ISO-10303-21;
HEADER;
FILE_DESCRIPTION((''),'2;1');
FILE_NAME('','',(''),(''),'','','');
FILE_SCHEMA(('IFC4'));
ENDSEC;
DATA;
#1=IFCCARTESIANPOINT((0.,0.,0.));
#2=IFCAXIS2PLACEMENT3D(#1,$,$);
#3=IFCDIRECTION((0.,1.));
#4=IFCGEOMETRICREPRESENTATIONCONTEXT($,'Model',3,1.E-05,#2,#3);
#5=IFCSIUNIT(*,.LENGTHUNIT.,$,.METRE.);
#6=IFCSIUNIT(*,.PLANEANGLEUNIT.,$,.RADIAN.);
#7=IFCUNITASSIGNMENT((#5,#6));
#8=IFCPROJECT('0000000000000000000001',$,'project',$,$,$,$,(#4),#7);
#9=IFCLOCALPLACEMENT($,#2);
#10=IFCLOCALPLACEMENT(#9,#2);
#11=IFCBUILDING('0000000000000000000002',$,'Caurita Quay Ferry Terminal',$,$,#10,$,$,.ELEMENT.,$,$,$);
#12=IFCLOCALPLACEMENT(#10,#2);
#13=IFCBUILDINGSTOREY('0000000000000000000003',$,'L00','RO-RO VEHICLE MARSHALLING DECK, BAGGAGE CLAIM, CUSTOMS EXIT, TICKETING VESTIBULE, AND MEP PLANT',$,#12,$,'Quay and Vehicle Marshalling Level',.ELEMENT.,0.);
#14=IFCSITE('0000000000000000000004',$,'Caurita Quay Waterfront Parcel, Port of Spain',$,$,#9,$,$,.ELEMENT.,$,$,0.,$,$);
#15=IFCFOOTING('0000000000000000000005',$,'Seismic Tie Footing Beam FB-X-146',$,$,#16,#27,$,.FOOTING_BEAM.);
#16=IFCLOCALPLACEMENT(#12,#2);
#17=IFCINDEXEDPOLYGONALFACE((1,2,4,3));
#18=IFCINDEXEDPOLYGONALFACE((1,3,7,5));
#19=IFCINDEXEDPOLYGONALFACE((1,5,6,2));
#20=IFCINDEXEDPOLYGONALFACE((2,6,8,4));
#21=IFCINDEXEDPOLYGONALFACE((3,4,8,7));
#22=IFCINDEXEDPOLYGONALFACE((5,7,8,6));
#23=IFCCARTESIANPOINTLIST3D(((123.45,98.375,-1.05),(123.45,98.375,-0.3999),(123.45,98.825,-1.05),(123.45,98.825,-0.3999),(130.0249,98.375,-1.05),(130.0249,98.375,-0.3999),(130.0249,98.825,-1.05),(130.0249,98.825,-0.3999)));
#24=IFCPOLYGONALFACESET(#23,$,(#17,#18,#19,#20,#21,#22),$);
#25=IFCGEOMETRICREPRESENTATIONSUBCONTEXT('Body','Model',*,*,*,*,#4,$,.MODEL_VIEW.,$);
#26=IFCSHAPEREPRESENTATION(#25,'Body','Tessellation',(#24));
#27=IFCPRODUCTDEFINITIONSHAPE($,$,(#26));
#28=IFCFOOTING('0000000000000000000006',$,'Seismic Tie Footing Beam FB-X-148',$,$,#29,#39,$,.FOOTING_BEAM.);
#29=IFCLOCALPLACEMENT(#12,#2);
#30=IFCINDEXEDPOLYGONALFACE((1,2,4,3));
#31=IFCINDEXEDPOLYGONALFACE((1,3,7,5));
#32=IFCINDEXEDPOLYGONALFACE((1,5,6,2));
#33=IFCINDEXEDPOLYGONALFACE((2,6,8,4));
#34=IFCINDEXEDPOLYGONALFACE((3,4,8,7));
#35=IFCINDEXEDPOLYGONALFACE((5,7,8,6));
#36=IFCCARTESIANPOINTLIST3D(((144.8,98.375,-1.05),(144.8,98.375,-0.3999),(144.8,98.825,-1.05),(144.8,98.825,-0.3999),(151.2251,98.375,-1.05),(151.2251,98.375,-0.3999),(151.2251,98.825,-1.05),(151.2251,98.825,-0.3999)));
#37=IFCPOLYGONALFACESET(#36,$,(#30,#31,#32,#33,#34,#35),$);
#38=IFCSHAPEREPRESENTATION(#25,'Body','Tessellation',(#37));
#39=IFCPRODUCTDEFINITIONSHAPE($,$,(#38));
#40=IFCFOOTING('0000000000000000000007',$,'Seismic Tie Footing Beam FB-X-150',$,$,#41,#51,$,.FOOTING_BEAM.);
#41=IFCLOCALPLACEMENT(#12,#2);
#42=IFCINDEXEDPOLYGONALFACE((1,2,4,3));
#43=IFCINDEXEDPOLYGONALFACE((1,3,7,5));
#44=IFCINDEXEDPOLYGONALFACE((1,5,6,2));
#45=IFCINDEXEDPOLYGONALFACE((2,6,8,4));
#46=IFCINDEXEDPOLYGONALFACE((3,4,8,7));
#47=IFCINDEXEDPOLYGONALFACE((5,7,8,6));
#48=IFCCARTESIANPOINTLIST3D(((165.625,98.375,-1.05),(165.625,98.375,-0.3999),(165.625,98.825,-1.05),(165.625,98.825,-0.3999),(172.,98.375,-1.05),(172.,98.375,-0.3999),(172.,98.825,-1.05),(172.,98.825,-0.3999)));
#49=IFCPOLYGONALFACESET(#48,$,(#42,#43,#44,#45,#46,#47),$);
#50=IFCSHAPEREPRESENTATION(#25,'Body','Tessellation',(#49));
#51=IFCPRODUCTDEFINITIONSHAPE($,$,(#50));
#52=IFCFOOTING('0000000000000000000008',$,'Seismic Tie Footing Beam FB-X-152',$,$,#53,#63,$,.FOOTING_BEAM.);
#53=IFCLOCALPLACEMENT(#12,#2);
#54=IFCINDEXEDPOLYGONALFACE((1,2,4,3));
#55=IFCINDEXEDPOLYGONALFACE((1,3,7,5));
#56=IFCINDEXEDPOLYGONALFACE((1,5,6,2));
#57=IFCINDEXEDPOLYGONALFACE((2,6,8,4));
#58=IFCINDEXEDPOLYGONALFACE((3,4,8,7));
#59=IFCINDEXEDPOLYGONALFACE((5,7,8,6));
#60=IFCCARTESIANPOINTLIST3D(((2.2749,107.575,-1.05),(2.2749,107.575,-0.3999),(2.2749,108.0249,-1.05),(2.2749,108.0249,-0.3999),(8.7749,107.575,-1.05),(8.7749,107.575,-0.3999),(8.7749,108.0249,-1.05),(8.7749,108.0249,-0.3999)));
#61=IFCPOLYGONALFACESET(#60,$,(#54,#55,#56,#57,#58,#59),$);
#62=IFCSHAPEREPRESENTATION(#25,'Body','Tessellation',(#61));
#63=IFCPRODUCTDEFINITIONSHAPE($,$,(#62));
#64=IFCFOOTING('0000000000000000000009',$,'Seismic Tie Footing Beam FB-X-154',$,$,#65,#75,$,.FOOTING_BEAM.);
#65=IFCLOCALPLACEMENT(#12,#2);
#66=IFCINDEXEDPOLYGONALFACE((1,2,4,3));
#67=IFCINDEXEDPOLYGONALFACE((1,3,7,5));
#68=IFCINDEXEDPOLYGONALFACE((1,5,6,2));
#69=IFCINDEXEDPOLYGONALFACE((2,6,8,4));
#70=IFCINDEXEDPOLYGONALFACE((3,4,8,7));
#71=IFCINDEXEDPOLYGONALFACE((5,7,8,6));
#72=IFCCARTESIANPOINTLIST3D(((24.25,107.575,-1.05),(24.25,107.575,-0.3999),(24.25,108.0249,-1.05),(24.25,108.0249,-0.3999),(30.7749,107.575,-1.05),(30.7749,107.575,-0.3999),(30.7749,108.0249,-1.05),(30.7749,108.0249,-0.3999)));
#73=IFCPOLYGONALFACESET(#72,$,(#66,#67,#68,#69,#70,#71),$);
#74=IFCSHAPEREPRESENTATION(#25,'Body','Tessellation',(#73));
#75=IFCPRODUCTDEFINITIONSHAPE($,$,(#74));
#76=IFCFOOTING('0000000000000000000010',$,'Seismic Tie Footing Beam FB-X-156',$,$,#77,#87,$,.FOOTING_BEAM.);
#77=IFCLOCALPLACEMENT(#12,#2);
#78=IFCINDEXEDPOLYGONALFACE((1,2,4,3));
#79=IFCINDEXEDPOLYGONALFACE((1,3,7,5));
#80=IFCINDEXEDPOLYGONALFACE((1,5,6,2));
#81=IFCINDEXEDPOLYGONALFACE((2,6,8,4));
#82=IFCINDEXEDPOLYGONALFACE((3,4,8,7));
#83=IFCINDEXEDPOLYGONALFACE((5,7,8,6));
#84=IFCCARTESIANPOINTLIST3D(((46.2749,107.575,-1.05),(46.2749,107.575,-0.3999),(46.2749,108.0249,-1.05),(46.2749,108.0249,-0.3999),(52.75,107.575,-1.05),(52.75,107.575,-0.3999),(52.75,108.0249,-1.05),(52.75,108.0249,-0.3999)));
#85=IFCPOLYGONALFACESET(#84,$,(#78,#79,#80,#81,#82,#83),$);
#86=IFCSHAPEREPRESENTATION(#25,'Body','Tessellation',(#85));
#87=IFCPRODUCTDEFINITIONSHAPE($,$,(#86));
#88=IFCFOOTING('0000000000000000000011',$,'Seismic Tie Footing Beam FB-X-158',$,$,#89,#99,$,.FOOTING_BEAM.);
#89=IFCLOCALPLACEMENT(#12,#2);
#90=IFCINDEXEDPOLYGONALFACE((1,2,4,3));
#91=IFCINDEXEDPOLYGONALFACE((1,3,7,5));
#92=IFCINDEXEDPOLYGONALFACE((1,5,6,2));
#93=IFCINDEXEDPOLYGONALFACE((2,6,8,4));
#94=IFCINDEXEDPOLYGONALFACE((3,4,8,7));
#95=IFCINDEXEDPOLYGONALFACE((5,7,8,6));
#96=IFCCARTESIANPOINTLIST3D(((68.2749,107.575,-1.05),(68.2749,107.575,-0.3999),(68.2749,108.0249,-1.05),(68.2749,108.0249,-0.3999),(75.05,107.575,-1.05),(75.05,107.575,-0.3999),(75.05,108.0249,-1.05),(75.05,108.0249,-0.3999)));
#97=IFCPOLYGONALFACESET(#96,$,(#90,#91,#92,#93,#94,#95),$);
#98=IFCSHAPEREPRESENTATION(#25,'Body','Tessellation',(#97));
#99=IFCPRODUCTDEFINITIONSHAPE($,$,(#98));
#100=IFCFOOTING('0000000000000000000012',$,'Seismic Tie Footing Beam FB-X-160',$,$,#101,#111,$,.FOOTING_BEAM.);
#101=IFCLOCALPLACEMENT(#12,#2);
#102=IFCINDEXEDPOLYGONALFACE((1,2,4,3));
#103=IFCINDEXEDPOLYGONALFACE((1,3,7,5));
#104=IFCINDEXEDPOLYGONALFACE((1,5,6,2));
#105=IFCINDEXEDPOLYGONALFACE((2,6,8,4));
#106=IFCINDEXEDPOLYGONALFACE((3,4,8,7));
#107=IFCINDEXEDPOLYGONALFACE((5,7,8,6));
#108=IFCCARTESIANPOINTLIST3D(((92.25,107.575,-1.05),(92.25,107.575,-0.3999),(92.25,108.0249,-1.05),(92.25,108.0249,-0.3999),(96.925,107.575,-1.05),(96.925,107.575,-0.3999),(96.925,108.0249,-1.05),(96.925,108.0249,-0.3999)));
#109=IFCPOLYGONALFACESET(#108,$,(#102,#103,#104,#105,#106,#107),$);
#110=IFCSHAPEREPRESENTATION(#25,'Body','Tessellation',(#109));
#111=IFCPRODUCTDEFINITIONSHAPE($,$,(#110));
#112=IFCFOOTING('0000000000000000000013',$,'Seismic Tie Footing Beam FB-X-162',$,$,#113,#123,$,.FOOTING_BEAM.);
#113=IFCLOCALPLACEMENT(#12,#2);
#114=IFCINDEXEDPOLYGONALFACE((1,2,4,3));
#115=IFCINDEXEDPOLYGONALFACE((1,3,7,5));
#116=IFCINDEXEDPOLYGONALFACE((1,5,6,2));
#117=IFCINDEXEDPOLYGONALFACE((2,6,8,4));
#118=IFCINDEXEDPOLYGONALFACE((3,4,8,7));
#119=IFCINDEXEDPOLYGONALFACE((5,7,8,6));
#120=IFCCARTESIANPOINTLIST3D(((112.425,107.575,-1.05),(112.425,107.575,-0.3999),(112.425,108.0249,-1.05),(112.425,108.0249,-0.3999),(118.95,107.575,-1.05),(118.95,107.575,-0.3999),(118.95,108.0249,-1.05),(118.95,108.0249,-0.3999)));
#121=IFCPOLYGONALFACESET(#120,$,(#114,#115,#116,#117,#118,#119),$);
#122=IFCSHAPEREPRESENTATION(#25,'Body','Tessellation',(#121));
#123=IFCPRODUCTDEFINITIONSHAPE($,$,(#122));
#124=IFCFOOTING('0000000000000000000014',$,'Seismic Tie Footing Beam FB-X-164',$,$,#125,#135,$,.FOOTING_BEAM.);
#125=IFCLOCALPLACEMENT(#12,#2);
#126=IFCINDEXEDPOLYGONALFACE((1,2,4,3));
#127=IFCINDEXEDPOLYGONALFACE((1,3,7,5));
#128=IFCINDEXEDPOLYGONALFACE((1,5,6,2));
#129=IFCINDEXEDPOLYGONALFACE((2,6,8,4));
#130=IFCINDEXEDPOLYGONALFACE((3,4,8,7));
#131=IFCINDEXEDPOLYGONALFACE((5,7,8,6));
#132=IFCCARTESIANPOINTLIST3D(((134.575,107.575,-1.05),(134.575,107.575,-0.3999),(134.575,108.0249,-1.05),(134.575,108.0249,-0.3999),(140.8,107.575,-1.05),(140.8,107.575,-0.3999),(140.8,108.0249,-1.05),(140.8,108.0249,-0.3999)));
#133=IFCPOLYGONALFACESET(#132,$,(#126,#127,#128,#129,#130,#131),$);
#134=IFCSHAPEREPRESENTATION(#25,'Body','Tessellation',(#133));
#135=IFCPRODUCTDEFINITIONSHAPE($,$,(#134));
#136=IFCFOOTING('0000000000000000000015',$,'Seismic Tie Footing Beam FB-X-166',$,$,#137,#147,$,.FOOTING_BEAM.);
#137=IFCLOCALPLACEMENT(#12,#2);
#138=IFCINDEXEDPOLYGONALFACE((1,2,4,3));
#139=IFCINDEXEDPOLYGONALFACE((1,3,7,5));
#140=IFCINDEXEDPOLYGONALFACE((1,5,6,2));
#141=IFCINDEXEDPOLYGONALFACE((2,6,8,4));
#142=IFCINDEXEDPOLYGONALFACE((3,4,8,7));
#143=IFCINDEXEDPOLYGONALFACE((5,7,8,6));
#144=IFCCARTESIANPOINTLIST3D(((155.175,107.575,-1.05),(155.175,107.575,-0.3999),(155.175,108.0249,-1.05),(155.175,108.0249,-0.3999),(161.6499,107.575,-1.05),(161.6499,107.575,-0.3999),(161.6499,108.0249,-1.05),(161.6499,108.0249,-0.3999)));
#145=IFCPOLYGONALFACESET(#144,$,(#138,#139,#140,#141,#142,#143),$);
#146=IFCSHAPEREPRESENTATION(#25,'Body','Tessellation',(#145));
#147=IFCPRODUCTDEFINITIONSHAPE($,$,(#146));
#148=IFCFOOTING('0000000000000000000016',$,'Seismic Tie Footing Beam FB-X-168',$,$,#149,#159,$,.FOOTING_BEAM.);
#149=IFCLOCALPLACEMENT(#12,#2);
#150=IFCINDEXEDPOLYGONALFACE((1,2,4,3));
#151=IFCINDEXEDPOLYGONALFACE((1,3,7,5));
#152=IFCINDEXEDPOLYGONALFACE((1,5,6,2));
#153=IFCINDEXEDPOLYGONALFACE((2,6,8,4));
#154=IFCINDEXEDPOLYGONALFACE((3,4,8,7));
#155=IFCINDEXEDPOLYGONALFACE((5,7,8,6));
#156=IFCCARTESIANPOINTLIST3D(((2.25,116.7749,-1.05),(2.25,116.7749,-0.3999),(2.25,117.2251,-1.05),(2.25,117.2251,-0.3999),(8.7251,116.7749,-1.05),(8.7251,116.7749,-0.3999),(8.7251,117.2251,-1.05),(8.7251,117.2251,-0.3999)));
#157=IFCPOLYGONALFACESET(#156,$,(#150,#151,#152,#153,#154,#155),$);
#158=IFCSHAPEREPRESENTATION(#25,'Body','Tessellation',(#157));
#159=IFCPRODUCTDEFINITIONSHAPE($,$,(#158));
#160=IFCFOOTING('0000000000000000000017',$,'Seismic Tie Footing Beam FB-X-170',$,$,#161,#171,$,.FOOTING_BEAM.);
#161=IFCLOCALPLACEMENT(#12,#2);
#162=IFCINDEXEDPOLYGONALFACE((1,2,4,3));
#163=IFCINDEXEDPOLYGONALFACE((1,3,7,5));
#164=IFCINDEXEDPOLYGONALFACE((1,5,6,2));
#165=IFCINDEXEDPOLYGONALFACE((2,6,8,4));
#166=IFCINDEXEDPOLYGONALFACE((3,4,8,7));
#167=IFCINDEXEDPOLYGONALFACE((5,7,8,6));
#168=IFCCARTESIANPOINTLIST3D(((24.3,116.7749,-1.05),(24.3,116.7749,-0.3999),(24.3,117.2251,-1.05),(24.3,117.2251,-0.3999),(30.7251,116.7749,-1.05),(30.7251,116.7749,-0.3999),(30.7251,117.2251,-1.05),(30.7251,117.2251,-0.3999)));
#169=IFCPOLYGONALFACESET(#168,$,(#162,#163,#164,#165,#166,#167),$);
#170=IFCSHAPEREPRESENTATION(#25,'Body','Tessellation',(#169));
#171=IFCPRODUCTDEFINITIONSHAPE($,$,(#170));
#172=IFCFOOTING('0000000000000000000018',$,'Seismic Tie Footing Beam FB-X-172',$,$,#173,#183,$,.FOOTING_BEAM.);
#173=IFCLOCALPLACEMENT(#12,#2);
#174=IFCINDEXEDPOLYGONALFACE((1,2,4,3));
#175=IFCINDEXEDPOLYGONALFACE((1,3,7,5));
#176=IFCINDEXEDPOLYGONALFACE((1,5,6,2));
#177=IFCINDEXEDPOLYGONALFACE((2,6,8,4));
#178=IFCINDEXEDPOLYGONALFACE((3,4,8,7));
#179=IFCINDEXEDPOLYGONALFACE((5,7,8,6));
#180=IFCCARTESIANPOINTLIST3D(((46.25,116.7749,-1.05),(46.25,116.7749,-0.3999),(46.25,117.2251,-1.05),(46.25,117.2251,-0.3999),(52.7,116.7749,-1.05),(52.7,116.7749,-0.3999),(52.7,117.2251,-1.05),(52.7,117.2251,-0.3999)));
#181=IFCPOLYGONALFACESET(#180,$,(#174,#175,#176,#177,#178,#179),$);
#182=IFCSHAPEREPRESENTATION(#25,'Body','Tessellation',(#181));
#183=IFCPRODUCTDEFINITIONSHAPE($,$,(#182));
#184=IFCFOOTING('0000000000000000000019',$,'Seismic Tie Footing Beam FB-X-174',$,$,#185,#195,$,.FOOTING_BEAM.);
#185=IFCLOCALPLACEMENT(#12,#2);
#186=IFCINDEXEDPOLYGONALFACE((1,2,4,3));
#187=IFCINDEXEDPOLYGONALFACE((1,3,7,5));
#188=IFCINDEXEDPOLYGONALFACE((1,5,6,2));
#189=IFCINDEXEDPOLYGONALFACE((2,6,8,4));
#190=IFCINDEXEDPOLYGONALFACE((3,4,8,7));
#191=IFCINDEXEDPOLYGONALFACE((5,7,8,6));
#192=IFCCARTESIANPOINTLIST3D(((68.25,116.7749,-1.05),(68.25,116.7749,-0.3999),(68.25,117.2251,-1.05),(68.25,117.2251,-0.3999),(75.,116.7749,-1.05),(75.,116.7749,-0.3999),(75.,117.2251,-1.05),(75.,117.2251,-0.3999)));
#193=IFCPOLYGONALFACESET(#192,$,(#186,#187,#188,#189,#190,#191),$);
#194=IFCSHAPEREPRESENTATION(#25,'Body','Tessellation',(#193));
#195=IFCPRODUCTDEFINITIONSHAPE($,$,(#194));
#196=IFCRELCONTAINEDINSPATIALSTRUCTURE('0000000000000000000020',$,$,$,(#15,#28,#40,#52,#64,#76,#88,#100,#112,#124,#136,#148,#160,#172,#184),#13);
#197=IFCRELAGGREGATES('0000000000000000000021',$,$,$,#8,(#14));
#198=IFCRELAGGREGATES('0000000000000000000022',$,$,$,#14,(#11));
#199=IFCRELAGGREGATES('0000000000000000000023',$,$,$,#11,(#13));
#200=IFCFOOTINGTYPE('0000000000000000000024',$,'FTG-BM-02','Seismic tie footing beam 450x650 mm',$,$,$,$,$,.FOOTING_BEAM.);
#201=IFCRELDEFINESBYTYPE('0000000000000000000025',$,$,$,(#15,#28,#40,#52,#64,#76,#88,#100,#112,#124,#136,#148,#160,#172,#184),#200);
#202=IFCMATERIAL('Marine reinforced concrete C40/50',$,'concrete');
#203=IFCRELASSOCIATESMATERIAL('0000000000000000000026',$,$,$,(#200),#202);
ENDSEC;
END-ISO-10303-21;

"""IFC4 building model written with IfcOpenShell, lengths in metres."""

from ifc_helpers import new_model, si_unit, direction, frame, origin, place, context, subcontext, project, spatial, polyline, outline, extrude, material, type_object, element, save


model = new_model("IFC4")

# Units and contexts
model_context = context("Model", 3, precision=1e-05, world=origin(), true_north=direction((0.0, 1.0)))
body_context = subcontext(model_context, "Body", "Model", "MODEL_VIEW")
ifc_project = project(units=[si_unit("LENGTHUNIT", "METRE"), si_unit("PLANEANGLEUNIT", "RADIAN")], contexts=[model_context])

# Site, building, storey
site_placement = place(None, origin())
site = spatial("IfcSite", under=ifc_project, at=site_placement, Name="Caurita Quay Waterfront Parcel, Port of Spain", CompositionType="ELEMENT", RefElevation=0.0)
building_placement = place(site_placement, origin())
building = spatial("IfcBuilding", under=site, at=building_placement, Name="Caurita Quay Ferry Terminal", CompositionType="ELEMENT")
storey_placement = place(building_placement, origin())
storey = spatial("IfcBuildingStorey", under=building, at=storey_placement, Name="L00", Description="RO-RO VEHICLE MARSHALLING DECK, BAGGAGE CLAIM, CUSTOMS EXIT, TICKETING VESTIBULE, AND MEP PLANT", LongName="Quay and Vehicle Marshalling Level", CompositionType="ELEMENT", Elevation=0.0)

# Footings
ifc_material = material(Name="Marine reinforced concrete C40/50", Category="concrete")
footing_type = type_object("IfcFootingType", Name="FTG-BM-02", Description="Seismic tie footing beam 450x650 mm", PredefinedType="FOOTING_BEAM", material=ifc_material)
footing_1_placement = place(storey_placement, frame((0.0, 0.0, -1.05)))
element("IfcFooting", 1, at=footing_1_placement, inside=storey, type_object=footing_type, Name="Seismic Tie Footing Beam FB-X-146", PredefinedType="FOOTING_BEAM", context=body_context, shape_type="SweptSolid", body=[
    extrude(outline(polyline([(123.45, 98.375), (130.0249, 98.375), (130.0249, 98.825), (123.45, 98.825), (123.45, 98.375)])), origin(), (0.0, 0.0, 1.0), 0.6501),
])
footing_2_placement = place(storey_placement, frame((0.0, 0.0, -1.05)))
element("IfcFooting", 2, at=footing_2_placement, inside=storey, type_object=footing_type, Name="Seismic Tie Footing Beam FB-X-148", PredefinedType="FOOTING_BEAM", context=body_context, shape_type="SweptSolid", body=[
    extrude(outline(polyline([(144.8, 98.375), (151.2251, 98.375), (151.2251, 98.825), (144.8, 98.825), (144.8, 98.375)])), origin(), (0.0, 0.0, 1.0), 0.6501),
])
footing_3_placement = place(storey_placement, frame((0.0, 0.0, -1.05)))
element("IfcFooting", 3, at=footing_3_placement, inside=storey, type_object=footing_type, Name="Seismic Tie Footing Beam FB-X-150", PredefinedType="FOOTING_BEAM", context=body_context, shape_type="SweptSolid", body=[
    extrude(outline(polyline([(165.625, 98.375), (172.0, 98.375), (172.0, 98.825), (165.625, 98.825), (165.625, 98.375)])), origin(), (0.0, 0.0, 1.0), 0.6501),
])
footing_4_placement = place(storey_placement, frame((0.0, 0.0, -1.05)))
element("IfcFooting", 4, at=footing_4_placement, inside=storey, type_object=footing_type, Name="Seismic Tie Footing Beam FB-X-152", PredefinedType="FOOTING_BEAM", context=body_context, shape_type="SweptSolid", body=[
    extrude(outline(polyline([(2.2749, 107.575), (8.7749, 107.575), (8.7749, 108.0249), (2.2749, 108.0249), (2.2749, 107.575)])), origin(), (0.0, 0.0, 1.0), 0.6501),
])
footing_5_placement = place(storey_placement, frame((0.0, 0.0, -1.05)))
element("IfcFooting", 5, at=footing_5_placement, inside=storey, type_object=footing_type, Name="Seismic Tie Footing Beam FB-X-154", PredefinedType="FOOTING_BEAM", context=body_context, shape_type="SweptSolid", body=[
    extrude(outline(polyline([(24.25, 107.575), (30.7749, 107.575), (30.7749, 108.0249), (24.25, 108.0249), (24.25, 107.575)])), origin(), (0.0, 0.0, 1.0), 0.6501),
])
footing_6_placement = place(storey_placement, frame((0.0, 0.0, -1.05)))
element("IfcFooting", 6, at=footing_6_placement, inside=storey, type_object=footing_type, Name="Seismic Tie Footing Beam FB-X-156", PredefinedType="FOOTING_BEAM", context=body_context, shape_type="SweptSolid", body=[
    extrude(outline(polyline([(46.2749, 107.575), (52.75, 107.575), (52.75, 108.0249), (46.2749, 108.0249), (46.2749, 107.575)])), origin(), (0.0, 0.0, 1.0), 0.6501),
])
footing_7_placement = place(storey_placement, frame((0.0, 0.0, -1.05)))
element("IfcFooting", 7, at=footing_7_placement, inside=storey, type_object=footing_type, Name="Seismic Tie Footing Beam FB-X-158", PredefinedType="FOOTING_BEAM", context=body_context, shape_type="SweptSolid", body=[
    extrude(outline(polyline([(68.2749, 107.575), (75.05, 107.575), (75.05, 108.0249), (68.2749, 108.0249), (68.2749, 107.575)])), origin(), (0.0, 0.0, 1.0), 0.6501),
])
footing_8_placement = place(storey_placement, frame((0.0, 0.0, -1.05)))
element("IfcFooting", 8, at=footing_8_placement, inside=storey, type_object=footing_type, Name="Seismic Tie Footing Beam FB-X-160", PredefinedType="FOOTING_BEAM", context=body_context, shape_type="SweptSolid", body=[
    extrude(outline(polyline([(92.25, 107.575), (96.925, 107.575), (96.925, 108.0249), (92.25, 108.0249), (92.25, 107.575)])), origin(), (0.0, 0.0, 1.0), 0.6501),
])
footing_9_placement = place(storey_placement, frame((0.0, 0.0, -1.05)))
element("IfcFooting", 9, at=footing_9_placement, inside=storey, type_object=footing_type, Name="Seismic Tie Footing Beam FB-X-162", PredefinedType="FOOTING_BEAM", context=body_context, shape_type="SweptSolid", body=[
    extrude(outline(polyline([(112.425, 107.575), (118.95, 107.575), (118.95, 108.0249), (112.425, 108.0249), (112.425, 107.575)])), origin(), (0.0, 0.0, 1.0), 0.6501),
])
footing_10_placement = place(storey_placement, frame((0.0, 0.0, -1.05)))
element("IfcFooting", 10, at=footing_10_placement, inside=storey, type_object=footing_type, Name="Seismic Tie Footing Beam FB-X-164", PredefinedType="FOOTING_BEAM", context=body_context, shape_type="SweptSolid", body=[
    extrude(outline(polyline([(134.575, 107.575), (140.8, 107.575), (140.8, 108.0249), (134.575, 108.0249), (134.575, 107.575)])), origin(), (0.0, 0.0, 1.0), 0.6501),
])
footing_11_placement = place(storey_placement, frame((0.0, 0.0, -1.05)))
element("IfcFooting", 11, at=footing_11_placement, inside=storey, type_object=footing_type, Name="Seismic Tie Footing Beam FB-X-166", PredefinedType="FOOTING_BEAM", context=body_context, shape_type="SweptSolid", body=[
    extrude(outline(polyline([(155.175, 107.575), (161.6499, 107.575), (161.6499, 108.0249), (155.175, 108.0249), (155.175, 107.575)])), origin(), (0.0, 0.0, 1.0), 0.6501),
])
footing_12_placement = place(storey_placement, frame((0.0, 0.0, -1.05)))
element("IfcFooting", 12, at=footing_12_placement, inside=storey, type_object=footing_type, Name="Seismic Tie Footing Beam FB-X-168", PredefinedType="FOOTING_BEAM", context=body_context, shape_type="SweptSolid", body=[
    extrude(outline(polyline([(2.25, 116.7749), (8.7251, 116.7749), (8.7251, 117.2251), (2.25, 117.2251), (2.25, 116.7749)])), origin(), (0.0, 0.0, 1.0), 0.6501),
])
footing_13_placement = place(storey_placement, frame((0.0, 0.0, -1.05)))
element("IfcFooting", 13, at=footing_13_placement, inside=storey, type_object=footing_type, Name="Seismic Tie Footing Beam FB-X-170", PredefinedType="FOOTING_BEAM", context=body_context, shape_type="SweptSolid", body=[
    extrude(outline(polyline([(24.3, 116.7749), (30.7251, 116.7749), (30.7251, 117.2251), (24.3, 117.2251), (24.3, 116.7749)])), origin(), (0.0, 0.0, 1.0), 0.6501),
])
footing_14_placement = place(storey_placement, frame((0.0, 0.0, -1.05)))
element("IfcFooting", 14, at=footing_14_placement, inside=storey, type_object=footing_type, Name="Seismic Tie Footing Beam FB-X-172", PredefinedType="FOOTING_BEAM", context=body_context, shape_type="SweptSolid", body=[
    extrude(outline(polyline([(46.25, 116.7749), (52.7, 116.7749), (52.7, 117.2251), (46.25, 117.2251), (46.25, 116.7749)])), origin(), (0.0, 0.0, 1.0), 0.6501),
])
footing_15_placement = place(storey_placement, frame((0.0, 0.0, -1.05)))
element("IfcFooting", 15, at=footing_15_placement, inside=storey, type_object=footing_type, Name="Seismic Tie Footing Beam FB-X-174", PredefinedType="FOOTING_BEAM", context=body_context, shape_type="SweptSolid", body=[
    extrude(outline(polyline([(68.25, 116.7749), (75.0, 116.7749), (75.0, 117.2251), (68.25, 117.2251), (68.25, 116.7749)])), origin(), (0.0, 0.0, 1.0), 0.6501),
])

save(model, "model.ifc")
